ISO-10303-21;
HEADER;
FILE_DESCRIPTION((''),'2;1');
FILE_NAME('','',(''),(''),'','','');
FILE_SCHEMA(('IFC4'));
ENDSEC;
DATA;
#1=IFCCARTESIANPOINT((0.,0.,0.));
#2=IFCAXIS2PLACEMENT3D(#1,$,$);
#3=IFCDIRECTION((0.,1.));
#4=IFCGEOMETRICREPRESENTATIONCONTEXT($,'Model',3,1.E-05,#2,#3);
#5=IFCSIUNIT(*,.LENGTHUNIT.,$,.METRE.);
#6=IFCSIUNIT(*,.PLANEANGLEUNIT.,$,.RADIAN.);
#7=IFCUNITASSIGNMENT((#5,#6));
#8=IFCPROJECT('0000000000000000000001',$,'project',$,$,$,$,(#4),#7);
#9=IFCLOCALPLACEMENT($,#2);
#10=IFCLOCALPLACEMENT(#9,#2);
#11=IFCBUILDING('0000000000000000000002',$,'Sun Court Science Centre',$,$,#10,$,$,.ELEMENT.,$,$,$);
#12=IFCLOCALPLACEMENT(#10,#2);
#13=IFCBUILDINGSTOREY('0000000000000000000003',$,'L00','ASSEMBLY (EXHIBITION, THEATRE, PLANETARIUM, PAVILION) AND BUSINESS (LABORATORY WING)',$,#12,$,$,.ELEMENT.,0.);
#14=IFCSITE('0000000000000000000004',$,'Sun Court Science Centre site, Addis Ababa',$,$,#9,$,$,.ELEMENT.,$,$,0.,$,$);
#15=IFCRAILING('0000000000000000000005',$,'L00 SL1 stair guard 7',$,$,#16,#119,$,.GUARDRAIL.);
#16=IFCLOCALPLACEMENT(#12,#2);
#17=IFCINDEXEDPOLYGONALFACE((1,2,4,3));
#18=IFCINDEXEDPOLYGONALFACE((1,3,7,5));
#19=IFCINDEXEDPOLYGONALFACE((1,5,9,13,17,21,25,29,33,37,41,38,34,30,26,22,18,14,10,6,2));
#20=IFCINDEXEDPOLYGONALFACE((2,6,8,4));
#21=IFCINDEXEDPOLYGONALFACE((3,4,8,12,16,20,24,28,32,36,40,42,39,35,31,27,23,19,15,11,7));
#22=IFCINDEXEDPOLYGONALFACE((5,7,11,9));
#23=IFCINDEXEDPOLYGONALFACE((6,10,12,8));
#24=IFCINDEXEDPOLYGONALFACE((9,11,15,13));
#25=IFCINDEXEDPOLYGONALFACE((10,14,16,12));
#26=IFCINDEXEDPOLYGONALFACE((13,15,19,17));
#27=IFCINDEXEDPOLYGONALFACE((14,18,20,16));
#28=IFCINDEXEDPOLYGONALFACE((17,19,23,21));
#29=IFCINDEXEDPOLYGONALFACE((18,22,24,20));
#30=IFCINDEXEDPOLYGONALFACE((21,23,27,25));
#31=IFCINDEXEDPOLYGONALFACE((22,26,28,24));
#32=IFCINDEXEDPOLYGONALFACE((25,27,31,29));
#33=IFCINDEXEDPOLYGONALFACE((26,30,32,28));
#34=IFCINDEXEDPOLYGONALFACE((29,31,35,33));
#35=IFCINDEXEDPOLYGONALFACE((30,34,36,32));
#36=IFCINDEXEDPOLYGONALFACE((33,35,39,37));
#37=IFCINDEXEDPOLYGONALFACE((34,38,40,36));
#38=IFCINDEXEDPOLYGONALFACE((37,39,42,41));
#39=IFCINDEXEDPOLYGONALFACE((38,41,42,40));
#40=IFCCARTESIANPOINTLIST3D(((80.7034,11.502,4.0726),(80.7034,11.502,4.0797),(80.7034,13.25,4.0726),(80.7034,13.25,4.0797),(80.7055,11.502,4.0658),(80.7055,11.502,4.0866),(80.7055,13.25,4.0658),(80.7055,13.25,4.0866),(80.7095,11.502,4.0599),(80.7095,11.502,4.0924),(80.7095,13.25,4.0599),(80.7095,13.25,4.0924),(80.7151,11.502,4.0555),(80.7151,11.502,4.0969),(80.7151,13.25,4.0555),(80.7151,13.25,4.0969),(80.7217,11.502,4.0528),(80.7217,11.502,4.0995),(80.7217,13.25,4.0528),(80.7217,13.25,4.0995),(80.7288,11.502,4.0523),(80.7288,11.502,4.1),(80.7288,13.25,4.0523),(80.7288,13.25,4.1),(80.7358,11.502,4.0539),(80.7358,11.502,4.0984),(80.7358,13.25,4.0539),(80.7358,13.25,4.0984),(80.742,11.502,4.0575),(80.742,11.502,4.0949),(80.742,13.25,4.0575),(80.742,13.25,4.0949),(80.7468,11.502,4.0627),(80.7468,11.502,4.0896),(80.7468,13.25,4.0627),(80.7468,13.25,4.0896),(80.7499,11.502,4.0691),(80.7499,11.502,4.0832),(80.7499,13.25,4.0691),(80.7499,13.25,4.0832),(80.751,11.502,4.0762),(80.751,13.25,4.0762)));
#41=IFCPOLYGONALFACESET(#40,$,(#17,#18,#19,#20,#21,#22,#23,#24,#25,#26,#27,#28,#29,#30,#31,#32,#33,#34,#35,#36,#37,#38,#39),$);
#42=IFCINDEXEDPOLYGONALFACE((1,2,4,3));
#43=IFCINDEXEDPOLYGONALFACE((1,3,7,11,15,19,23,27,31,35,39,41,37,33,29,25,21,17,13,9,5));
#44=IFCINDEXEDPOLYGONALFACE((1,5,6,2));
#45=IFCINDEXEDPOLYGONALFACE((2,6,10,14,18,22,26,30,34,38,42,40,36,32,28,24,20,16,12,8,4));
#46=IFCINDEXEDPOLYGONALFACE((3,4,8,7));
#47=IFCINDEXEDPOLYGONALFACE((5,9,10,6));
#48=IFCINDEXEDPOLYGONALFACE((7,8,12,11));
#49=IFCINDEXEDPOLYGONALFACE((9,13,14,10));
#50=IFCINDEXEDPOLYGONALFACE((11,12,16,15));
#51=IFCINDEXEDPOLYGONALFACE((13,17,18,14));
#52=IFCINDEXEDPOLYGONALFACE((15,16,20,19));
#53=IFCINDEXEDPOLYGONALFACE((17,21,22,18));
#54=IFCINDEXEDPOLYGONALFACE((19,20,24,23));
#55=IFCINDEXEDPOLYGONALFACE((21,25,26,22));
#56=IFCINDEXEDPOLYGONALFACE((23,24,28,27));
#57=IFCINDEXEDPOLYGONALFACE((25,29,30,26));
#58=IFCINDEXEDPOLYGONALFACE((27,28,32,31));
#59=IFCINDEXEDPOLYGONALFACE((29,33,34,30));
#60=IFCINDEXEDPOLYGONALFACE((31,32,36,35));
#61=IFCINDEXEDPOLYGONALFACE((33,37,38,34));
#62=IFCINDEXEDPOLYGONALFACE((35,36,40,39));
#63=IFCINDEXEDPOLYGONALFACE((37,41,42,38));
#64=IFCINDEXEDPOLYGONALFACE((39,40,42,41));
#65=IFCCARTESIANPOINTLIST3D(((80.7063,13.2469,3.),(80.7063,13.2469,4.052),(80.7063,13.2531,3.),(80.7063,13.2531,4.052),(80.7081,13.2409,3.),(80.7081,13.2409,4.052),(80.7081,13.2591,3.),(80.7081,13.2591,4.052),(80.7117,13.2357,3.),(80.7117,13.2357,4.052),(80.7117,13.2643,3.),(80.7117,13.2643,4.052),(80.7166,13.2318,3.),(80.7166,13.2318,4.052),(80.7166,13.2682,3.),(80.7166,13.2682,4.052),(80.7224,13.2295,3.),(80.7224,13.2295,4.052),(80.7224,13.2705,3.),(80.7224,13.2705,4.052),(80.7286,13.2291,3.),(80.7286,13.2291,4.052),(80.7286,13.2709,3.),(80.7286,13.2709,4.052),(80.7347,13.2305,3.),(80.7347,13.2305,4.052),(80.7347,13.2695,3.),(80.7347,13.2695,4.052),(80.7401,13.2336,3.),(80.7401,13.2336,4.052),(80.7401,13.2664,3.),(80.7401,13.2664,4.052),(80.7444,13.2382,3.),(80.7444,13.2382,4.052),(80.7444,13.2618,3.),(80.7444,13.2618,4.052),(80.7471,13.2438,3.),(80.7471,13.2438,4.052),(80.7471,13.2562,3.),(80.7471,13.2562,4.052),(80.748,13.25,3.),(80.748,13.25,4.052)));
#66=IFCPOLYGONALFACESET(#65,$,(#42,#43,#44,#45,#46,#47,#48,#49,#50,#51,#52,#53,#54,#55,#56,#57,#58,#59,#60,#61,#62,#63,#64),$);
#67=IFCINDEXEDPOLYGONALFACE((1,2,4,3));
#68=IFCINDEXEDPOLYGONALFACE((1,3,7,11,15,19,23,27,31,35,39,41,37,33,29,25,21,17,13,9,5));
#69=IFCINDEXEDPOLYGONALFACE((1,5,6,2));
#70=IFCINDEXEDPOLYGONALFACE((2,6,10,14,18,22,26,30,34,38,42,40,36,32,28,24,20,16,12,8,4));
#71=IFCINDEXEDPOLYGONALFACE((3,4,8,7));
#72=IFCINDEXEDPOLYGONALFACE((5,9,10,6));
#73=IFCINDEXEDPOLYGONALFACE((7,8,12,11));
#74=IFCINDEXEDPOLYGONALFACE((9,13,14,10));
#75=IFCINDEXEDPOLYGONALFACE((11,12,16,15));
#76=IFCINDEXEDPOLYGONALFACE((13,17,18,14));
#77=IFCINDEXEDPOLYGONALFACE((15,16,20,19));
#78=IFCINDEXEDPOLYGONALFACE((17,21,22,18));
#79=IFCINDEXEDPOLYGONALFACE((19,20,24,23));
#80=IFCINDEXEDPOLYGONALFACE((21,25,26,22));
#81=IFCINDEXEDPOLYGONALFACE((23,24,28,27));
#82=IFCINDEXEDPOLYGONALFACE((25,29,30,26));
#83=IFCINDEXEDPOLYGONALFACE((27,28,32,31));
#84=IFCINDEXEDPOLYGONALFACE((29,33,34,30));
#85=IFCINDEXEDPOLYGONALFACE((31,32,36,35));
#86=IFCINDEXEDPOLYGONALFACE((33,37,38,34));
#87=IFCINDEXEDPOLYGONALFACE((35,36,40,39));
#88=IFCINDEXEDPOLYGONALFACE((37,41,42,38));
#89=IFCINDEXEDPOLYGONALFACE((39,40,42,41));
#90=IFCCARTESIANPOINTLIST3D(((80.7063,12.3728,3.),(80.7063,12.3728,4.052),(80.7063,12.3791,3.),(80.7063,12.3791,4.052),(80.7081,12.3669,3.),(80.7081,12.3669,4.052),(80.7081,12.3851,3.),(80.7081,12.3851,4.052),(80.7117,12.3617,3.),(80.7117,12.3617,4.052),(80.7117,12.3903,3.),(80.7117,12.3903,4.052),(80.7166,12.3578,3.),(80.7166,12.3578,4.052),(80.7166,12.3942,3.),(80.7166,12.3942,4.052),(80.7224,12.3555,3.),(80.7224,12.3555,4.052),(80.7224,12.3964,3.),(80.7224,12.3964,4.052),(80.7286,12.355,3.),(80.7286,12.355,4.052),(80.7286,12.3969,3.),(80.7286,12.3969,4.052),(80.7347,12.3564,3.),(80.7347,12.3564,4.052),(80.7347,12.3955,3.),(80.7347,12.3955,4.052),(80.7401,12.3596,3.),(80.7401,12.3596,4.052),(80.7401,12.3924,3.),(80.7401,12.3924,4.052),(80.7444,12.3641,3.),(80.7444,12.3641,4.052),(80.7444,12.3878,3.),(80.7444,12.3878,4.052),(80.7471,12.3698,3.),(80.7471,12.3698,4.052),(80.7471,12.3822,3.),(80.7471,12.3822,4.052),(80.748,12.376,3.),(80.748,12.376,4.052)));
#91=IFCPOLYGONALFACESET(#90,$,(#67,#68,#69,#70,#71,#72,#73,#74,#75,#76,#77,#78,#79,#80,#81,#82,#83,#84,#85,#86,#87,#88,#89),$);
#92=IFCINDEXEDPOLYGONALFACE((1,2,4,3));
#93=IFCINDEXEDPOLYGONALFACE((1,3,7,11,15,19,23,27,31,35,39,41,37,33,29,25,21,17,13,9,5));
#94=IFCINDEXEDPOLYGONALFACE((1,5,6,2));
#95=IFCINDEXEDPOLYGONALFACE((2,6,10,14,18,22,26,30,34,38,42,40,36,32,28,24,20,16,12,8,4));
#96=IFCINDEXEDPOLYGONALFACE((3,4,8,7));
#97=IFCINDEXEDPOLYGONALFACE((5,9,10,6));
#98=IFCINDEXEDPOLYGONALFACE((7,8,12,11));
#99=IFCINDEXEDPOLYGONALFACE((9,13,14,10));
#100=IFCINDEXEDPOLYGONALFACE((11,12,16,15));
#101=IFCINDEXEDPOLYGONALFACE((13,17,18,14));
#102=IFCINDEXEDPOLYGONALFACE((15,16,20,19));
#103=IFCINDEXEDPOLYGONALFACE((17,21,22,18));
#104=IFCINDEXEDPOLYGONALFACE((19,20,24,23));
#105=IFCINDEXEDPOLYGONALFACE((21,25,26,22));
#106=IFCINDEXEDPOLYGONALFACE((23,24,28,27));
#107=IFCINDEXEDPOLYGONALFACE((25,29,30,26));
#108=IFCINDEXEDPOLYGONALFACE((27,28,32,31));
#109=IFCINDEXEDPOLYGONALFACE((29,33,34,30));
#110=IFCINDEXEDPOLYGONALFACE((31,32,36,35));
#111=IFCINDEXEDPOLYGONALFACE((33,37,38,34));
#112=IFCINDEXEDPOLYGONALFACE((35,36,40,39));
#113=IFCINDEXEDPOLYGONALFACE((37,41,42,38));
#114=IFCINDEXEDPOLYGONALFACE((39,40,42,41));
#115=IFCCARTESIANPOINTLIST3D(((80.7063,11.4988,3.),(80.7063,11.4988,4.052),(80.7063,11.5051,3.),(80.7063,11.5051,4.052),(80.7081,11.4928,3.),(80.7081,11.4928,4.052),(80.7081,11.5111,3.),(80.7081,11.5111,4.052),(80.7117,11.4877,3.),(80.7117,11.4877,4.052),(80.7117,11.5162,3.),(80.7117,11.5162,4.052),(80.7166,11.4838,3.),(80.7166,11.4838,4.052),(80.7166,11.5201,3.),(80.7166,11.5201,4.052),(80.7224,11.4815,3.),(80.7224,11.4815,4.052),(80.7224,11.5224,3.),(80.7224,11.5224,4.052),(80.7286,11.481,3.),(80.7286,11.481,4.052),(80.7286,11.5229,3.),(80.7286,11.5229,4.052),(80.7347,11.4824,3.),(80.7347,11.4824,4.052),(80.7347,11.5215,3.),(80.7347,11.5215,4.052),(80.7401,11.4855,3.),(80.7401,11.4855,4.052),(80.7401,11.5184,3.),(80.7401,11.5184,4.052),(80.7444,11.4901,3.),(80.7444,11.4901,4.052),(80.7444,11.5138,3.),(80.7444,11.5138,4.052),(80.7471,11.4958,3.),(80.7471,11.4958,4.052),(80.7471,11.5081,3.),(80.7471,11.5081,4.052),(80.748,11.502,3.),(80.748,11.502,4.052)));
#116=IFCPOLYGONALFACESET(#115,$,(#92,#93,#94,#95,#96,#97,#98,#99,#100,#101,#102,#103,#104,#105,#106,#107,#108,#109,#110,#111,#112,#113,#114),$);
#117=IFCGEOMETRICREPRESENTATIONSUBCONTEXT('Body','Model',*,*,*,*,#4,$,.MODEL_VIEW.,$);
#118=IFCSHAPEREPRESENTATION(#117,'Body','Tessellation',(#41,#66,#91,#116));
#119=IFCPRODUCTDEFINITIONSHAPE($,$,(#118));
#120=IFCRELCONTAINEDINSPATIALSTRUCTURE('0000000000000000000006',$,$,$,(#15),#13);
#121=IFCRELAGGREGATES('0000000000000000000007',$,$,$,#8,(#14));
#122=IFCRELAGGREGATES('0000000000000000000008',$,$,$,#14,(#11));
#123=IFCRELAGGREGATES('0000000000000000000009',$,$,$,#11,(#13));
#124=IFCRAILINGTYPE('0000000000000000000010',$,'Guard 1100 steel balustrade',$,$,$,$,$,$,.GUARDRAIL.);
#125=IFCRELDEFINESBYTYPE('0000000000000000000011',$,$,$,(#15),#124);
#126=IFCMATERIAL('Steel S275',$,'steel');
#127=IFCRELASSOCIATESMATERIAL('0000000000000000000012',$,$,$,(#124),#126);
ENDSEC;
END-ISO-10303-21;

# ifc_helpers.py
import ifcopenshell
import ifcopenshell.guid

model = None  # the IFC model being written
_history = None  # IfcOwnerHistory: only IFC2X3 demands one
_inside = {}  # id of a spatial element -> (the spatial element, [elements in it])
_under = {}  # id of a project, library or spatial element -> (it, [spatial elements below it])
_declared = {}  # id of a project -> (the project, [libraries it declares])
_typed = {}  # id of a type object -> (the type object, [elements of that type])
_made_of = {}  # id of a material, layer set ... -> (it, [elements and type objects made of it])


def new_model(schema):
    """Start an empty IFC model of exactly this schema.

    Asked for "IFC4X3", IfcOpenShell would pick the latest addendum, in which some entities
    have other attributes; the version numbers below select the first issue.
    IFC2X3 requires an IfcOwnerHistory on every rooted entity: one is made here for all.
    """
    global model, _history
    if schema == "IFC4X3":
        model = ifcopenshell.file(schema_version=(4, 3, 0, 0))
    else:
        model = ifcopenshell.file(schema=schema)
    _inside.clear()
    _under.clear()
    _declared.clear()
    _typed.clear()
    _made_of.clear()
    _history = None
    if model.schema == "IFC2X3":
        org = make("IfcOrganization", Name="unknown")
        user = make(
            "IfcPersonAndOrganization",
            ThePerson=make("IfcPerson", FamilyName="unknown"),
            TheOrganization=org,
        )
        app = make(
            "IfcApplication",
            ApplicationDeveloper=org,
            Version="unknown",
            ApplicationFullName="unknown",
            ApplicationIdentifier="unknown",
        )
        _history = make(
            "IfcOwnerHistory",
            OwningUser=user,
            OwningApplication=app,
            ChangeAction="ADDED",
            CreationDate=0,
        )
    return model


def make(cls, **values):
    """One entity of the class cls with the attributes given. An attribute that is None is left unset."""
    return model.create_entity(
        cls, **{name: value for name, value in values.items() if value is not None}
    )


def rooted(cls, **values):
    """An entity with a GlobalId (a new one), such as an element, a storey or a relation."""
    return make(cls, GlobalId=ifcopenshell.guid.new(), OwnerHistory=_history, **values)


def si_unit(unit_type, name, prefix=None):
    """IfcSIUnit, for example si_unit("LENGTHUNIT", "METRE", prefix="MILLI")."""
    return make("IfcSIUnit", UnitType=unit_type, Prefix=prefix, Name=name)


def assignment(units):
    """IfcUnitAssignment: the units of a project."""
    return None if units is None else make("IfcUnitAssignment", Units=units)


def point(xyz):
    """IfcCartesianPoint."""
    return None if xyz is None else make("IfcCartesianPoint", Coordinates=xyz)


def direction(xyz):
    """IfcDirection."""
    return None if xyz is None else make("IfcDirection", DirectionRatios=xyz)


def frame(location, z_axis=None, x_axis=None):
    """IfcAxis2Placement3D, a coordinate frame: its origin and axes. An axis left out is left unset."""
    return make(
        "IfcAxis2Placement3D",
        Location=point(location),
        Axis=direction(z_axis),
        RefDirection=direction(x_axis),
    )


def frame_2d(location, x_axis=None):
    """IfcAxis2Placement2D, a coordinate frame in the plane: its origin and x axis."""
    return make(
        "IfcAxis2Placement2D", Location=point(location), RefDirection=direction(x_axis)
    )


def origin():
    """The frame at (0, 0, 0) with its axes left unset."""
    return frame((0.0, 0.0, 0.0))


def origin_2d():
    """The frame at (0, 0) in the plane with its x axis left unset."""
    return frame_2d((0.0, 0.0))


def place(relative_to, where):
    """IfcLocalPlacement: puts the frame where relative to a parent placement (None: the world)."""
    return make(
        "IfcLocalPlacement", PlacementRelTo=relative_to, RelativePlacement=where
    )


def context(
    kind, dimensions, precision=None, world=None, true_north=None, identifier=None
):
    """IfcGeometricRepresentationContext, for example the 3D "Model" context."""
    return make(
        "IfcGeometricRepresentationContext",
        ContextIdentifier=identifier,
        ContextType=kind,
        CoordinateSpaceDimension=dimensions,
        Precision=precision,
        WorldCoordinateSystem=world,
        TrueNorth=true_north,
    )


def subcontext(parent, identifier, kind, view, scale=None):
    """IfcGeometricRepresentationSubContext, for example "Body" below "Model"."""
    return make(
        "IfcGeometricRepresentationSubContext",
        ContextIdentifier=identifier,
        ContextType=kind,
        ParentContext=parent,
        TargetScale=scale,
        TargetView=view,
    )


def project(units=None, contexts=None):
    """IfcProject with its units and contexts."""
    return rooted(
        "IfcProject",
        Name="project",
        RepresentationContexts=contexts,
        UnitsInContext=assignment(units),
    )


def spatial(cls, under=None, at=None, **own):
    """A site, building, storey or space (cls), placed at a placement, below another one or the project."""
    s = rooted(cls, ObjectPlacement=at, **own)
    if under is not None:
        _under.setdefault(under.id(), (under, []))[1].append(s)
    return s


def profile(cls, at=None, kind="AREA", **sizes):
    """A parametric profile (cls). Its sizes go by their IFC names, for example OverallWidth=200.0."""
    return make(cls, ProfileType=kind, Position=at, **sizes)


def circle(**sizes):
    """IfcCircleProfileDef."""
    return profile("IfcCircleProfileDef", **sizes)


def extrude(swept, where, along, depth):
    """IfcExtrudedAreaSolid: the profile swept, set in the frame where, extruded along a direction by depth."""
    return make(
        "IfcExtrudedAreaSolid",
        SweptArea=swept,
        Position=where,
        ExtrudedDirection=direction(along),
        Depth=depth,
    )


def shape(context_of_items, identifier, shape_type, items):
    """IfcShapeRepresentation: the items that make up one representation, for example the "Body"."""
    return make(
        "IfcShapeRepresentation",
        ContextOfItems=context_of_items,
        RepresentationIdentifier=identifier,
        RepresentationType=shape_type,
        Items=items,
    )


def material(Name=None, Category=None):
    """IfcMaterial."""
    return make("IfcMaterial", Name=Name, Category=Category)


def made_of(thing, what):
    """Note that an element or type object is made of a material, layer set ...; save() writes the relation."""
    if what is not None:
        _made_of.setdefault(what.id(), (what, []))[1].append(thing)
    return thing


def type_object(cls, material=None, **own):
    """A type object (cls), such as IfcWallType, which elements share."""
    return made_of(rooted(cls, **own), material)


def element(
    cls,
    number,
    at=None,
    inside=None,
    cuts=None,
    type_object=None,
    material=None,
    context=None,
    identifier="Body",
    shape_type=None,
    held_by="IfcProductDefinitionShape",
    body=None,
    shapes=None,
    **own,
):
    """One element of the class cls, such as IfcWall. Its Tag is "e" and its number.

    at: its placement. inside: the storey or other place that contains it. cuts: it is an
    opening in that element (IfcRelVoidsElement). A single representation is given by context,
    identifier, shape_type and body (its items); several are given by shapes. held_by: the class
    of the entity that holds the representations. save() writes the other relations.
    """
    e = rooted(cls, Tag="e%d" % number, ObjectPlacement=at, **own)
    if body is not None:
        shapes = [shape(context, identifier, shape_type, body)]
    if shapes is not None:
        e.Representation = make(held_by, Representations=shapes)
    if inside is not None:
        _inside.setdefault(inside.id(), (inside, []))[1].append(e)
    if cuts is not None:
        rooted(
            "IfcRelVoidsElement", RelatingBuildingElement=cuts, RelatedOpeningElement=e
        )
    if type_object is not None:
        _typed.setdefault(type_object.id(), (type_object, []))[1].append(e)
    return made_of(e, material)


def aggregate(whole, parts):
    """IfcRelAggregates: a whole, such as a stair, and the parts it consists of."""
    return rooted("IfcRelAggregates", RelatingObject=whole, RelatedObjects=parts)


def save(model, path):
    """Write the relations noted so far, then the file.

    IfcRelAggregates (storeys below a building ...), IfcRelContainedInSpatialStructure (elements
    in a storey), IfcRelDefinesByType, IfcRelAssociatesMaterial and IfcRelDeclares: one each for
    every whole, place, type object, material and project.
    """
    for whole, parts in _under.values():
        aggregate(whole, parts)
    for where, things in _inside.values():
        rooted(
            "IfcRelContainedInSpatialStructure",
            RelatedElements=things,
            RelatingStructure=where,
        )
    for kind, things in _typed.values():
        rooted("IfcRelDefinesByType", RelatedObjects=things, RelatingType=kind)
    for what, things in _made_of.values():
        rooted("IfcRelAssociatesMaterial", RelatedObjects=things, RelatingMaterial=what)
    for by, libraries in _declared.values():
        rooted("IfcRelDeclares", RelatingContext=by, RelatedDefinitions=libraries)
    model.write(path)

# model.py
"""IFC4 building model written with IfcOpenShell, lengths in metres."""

from ifc_helpers import new_model, si_unit, direction, frame, origin, origin_2d, place, context, subcontext, project, spatial, circle, extrude, material, type_object, element, save


model = new_model("IFC4")

# Units and contexts
model_context = context("Model", 3, precision=1e-05, world=origin(), true_north=direction((0.0, 1.0)))
body_context = subcontext(model_context, "Body", "Model", "MODEL_VIEW")
ifc_project = project(units=[si_unit("LENGTHUNIT", "METRE"), si_unit("PLANEANGLEUNIT", "RADIAN")], contexts=[model_context])

# Site, building, storey
site_placement = place(None, origin())
site = spatial("IfcSite", under=ifc_project, at=site_placement, Name="Sun Court Science Centre site, Addis Ababa", CompositionType="ELEMENT", RefElevation=0.0)
building_placement = place(site_placement, origin())
building = spatial("IfcBuilding", under=site, at=building_placement, Name="Sun Court Science Centre", CompositionType="ELEMENT")
storey_placement = place(building_placement, origin())
storey = spatial("IfcBuildingStorey", under=building, at=storey_placement, Name="L00", Description="ASSEMBLY (EXHIBITION, THEATRE, PLANETARIUM, PAVILION) AND BUSINESS (LABORATORY WING)", CompositionType="ELEMENT", Elevation=0.0)

# Railing
ifc_material_1 = material(Name="Steel S275", Category="steel")
railing_type_1 = type_object("IfcRailingType", Name="Guard 1100 steel balustrade", PredefinedType="GUARDRAIL", material=ifc_material_1)
railing_1_placement = place(storey_placement, frame((80.7271, 13.25, 3.0)))
element("IfcRailing", 1, at=railing_1_placement, inside=storey, type_object=railing_type_1, Name="L00 SL1 stair guard 7", PredefinedType="GUARDRAIL", context=body_context, shape_type="SweptSolid", body=[
    extrude(circle(Radius=0.0239, at=origin_2d()), frame((0.0, 0.0, 1.0762), z_axis=(0.0, -1.0, 0.0), x_axis=(1.0, 0.0, 0.0)), (0.0, 0.0, 1.0), 1.748),
    extrude(circle(Radius=0.021, at=origin_2d()), origin(), (0.0, 0.0, 1.0), 1.052),
    extrude(circle(Radius=0.021, at=origin_2d()), frame((0.0, -0.874, 0.0)), (0.0, 0.0, 1.0), 1.052),
    extrude(circle(Radius=0.021, at=origin_2d()), frame((0.0, -1.748, 0.0)), (0.0, 0.0, 1.0), 1.052),
])

save(model, "model.ifc")
